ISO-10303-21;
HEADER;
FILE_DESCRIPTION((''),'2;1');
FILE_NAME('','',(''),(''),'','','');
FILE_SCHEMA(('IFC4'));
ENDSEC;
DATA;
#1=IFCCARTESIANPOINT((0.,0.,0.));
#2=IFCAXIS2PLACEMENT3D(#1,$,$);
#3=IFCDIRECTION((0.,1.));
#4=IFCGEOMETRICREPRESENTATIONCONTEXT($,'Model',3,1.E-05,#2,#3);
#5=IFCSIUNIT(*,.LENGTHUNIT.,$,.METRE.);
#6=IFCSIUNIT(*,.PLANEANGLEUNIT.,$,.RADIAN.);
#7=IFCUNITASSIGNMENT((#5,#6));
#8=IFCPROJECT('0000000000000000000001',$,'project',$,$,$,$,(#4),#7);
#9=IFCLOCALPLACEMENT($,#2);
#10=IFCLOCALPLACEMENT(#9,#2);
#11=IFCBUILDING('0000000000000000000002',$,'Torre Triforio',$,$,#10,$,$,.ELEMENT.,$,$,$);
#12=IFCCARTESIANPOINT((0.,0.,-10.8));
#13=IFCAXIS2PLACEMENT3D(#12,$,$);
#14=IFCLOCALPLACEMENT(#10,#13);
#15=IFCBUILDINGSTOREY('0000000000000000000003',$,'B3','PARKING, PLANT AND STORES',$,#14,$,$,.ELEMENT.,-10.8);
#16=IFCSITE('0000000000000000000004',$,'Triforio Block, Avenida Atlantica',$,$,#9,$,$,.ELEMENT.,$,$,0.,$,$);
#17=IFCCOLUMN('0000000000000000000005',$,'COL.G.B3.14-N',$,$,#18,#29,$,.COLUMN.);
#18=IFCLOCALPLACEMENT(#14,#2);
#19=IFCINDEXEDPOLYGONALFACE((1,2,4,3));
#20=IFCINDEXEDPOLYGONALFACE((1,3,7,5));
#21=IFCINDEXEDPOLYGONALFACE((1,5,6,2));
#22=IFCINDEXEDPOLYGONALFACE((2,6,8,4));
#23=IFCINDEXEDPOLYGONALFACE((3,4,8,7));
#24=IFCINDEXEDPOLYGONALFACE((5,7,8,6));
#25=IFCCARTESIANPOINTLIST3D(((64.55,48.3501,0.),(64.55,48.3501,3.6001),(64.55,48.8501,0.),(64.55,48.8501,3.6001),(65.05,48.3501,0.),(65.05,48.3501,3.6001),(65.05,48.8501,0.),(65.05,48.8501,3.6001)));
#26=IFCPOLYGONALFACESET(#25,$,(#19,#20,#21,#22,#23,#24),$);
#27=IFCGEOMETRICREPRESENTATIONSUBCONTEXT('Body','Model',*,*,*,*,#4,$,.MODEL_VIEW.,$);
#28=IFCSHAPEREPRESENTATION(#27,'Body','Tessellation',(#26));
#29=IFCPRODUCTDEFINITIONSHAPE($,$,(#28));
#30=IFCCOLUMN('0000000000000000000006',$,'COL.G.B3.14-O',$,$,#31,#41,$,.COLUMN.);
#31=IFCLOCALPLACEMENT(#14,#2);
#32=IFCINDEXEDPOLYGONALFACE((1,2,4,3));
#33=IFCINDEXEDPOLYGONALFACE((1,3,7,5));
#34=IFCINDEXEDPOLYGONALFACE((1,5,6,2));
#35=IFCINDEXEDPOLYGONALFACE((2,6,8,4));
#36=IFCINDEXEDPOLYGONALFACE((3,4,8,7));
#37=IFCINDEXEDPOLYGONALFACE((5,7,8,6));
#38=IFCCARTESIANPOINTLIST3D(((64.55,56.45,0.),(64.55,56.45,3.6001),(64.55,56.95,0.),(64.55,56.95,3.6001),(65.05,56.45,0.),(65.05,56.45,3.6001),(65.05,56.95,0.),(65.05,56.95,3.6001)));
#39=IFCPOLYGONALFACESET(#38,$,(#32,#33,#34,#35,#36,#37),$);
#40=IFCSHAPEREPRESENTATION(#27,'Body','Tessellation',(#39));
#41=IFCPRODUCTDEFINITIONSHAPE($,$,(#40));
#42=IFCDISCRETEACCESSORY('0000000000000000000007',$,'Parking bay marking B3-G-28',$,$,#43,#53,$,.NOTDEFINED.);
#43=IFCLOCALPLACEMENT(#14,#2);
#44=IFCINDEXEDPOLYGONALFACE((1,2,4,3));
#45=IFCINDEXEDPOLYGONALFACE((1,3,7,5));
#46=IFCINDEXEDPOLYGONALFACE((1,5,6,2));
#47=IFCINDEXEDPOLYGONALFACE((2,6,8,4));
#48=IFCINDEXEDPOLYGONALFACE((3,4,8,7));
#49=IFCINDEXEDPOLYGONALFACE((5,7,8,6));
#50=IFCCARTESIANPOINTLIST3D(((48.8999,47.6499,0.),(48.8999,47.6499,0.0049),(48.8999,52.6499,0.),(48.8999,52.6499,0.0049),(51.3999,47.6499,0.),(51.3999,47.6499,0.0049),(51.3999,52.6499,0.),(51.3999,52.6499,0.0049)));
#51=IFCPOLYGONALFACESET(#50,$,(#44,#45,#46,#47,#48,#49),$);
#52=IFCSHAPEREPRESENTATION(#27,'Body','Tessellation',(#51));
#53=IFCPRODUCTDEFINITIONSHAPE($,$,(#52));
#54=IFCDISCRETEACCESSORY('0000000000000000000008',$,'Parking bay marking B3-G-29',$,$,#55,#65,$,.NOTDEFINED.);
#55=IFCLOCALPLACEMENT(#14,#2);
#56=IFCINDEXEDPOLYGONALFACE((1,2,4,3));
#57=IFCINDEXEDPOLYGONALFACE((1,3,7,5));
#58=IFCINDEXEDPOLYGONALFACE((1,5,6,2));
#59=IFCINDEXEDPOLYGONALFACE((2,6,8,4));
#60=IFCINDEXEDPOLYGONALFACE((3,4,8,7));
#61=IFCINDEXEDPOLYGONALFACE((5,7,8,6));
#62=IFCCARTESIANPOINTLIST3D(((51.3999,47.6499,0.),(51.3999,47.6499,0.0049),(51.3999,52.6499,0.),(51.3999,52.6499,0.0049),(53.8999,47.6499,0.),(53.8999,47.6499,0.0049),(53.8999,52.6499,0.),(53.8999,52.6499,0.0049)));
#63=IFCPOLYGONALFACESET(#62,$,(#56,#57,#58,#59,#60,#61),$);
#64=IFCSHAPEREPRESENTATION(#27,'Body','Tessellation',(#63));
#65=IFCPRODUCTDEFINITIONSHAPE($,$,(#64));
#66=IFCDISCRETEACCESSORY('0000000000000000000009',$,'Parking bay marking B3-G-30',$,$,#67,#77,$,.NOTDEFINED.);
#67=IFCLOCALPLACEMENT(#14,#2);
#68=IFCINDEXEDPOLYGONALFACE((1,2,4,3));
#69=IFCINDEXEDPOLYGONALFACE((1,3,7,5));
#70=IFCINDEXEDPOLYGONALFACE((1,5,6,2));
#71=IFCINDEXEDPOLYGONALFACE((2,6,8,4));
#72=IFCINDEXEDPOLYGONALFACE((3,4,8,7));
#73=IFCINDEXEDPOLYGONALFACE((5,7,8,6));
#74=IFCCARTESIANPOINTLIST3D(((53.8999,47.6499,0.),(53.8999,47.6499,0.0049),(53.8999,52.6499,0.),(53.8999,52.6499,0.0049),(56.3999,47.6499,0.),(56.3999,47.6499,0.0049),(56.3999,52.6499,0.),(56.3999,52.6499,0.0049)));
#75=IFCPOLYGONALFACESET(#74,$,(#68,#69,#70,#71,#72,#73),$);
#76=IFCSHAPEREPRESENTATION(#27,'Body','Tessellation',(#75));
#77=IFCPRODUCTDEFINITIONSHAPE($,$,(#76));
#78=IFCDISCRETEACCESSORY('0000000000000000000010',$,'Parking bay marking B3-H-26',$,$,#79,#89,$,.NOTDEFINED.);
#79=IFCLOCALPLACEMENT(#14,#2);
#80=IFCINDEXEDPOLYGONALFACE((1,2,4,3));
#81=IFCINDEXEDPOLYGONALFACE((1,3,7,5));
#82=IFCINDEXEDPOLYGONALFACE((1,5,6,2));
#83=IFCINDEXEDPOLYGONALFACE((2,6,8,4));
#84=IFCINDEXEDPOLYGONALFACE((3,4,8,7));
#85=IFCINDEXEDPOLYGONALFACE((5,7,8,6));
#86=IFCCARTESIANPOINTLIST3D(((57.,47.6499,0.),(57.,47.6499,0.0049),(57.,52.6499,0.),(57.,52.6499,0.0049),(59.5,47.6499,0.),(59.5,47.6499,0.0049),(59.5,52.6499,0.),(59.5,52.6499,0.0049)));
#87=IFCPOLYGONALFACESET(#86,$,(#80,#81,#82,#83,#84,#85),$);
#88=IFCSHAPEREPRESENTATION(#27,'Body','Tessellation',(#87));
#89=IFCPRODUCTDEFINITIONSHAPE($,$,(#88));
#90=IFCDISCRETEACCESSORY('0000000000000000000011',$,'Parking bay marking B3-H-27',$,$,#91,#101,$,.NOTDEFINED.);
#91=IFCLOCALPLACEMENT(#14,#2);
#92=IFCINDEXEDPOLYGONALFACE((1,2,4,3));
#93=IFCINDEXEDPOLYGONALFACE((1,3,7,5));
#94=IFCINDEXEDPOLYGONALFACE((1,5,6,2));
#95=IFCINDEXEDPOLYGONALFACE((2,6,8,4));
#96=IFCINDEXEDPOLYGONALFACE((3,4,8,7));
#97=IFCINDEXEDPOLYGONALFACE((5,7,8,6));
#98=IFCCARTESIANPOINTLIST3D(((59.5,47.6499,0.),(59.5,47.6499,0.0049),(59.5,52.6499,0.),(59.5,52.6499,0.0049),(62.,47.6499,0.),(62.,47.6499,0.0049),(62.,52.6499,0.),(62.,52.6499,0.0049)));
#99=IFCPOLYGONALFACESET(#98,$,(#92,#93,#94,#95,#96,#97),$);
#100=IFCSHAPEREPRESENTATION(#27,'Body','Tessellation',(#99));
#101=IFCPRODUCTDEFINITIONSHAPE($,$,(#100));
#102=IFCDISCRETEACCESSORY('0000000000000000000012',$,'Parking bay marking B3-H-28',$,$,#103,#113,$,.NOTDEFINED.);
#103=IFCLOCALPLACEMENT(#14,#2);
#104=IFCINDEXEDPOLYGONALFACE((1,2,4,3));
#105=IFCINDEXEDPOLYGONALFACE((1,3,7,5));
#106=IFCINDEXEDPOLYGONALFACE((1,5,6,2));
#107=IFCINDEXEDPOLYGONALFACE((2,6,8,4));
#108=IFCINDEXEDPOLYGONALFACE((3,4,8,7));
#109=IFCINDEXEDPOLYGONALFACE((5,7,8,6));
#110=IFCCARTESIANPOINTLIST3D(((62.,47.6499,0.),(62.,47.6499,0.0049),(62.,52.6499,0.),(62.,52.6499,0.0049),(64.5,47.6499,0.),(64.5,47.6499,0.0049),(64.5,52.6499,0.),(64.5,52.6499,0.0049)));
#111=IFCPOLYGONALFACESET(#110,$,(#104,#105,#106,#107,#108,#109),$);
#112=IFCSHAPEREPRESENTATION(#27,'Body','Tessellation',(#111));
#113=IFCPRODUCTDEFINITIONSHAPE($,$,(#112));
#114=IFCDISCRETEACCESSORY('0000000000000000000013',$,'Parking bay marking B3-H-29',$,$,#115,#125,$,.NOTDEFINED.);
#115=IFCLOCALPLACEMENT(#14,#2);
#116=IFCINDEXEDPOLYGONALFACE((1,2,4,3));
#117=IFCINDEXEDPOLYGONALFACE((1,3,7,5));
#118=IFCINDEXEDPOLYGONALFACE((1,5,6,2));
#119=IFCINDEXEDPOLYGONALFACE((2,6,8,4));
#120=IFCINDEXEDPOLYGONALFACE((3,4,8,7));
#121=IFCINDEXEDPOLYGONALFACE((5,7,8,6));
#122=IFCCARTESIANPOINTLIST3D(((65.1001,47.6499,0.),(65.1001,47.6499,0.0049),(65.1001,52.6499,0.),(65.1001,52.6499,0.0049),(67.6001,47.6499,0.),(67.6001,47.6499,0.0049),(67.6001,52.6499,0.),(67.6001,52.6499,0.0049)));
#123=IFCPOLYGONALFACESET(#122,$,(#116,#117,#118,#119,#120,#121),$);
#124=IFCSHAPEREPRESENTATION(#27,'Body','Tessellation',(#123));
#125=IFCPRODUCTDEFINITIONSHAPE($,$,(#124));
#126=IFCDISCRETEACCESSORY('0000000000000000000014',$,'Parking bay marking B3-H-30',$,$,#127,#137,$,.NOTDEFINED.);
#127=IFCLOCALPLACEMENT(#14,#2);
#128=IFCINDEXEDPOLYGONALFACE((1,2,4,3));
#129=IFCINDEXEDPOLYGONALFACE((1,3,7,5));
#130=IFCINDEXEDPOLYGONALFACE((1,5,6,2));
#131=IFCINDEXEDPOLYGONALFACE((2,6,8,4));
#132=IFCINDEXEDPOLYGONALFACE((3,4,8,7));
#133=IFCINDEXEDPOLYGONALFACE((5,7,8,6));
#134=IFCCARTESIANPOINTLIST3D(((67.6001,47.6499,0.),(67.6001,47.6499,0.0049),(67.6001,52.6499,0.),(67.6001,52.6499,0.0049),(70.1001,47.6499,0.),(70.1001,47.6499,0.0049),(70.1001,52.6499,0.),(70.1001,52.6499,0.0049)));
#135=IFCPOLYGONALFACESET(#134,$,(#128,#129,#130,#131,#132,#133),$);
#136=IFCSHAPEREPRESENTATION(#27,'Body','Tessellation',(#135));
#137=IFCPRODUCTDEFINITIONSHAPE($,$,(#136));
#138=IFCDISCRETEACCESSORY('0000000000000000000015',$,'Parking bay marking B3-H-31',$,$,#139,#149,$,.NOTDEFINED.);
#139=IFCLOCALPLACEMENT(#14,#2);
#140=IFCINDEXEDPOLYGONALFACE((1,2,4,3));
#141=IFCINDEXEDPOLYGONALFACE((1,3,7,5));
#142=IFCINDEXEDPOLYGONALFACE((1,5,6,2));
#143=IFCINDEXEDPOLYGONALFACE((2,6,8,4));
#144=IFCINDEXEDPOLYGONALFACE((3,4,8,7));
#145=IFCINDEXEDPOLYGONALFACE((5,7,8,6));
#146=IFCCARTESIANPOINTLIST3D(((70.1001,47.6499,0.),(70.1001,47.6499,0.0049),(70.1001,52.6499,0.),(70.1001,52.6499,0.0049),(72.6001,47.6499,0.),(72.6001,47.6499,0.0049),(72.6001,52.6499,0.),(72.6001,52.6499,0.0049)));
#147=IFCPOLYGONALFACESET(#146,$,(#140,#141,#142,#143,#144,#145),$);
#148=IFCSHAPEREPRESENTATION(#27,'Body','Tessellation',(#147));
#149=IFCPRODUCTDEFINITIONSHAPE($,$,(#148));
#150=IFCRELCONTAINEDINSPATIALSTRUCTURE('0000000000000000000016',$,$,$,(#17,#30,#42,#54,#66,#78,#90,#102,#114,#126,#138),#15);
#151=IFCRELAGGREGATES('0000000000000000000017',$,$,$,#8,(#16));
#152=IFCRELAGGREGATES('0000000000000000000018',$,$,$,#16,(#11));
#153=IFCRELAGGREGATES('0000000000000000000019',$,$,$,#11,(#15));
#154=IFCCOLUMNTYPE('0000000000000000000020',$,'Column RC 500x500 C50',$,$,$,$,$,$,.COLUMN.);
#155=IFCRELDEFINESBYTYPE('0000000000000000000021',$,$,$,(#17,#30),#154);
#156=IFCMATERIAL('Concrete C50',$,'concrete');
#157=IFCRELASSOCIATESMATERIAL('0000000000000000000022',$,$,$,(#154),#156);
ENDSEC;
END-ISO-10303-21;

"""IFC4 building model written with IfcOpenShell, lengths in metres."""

from ifc_helpers import new_model, si_unit, direction, frame, origin, origin_2d, place, context, subcontext, project, spatial, rectangle, extrude, material, material_profile, profile_set, type_object, element, save


model = new_model("IFC4")

# Units and contexts
model_context = context("Model", 3, precision=1e-05, world=origin(), true_north=direction((0.0, 1.0)))
body_context = subcontext(model_context, "Body", "Model", "MODEL_VIEW")
ifc_project = project(units=[si_unit("LENGTHUNIT", "METRE"), si_unit("PLANEANGLEUNIT", "RADIAN")], contexts=[model_context])

# Site, building, storey
site_placement = place(None, origin())
site = spatial("IfcSite", under=ifc_project, at=site_placement, Name="Triforio Block, Avenida Atlantica", CompositionType="ELEMENT", RefElevation=0.0)
building_placement = place(site_placement, origin())
building = spatial("IfcBuilding", under=site, at=building_placement, Name="Torre Triforio", CompositionType="ELEMENT")
storey_placement = place(building_placement, frame((0.0, 0.0, -10.8)))
storey = spatial("IfcBuildingStorey", under=building, at=storey_placement, Name="B3", Description="PARKING, PLANT AND STORES", CompositionType="ELEMENT", Elevation=-10.8)

# Shared definitions
ifc_material_1 = material(Name="Concrete C50", Category="concrete")

# Columns
ifc_material_profile_1 = material_profile(ifc_material_1, rectangle(XDim=0.5, YDim=0.5, at=origin_2d()), Name="RC 500x500")
ifc_profile_set_1 = profile_set([ifc_material_profile_1], Name="Concrete C50")
column_type = type_object("IfcColumnType", Name="Column RC 500x500 C50", PredefinedType="COLUMN", material=ifc_profile_set_1)
for number, where, z_axis, x_axis, name in (
    (1, (64.8, 48.6001, 0.0), (0.0, 0.0, 1.0), (1.0, 0.0, 0.0), "COL.G.B3.14-N"),
    (2, (64.8, 56.7, 0.0), (0.0, 0.0, 1.0), (1.0, 0.0, 0.0), "COL.G.B3.14-O"),
):
    element("IfcColumn", number, at=place(storey_placement, frame(where, z_axis=z_axis, x_axis=x_axis)), inside=storey, type_object=column_type, Name=name, PredefinedType="COLUMN", context=body_context, shape_type="SweptSolid", body=[
        extrude(rectangle(XDim=0.5, YDim=0.5, at=origin_2d()), origin(), (0.0, 0.0, 1.0), 3.6001),
    ])

# Discrete accessories
for number, where, z_axis, x_axis, name in (
    (3, (50.1499, 50.1499, 0.0), (0.0, 0.0, 1.0), (1.0, 0.0, 0.0), "Parking bay marking B3-G-28"),
    (4, (52.6499, 50.1499, 0.0), (0.0, 0.0, 1.0), (1.0, 0.0, 0.0), "Parking bay marking B3-G-29"),
    (5, (55.1499, 50.1499, 0.0), (0.0, 0.0, 1.0), (1.0, 0.0, 0.0), "Parking bay marking B3-G-30"),
    (6, (58.25, 50.1499, 0.0), (0.0, 0.0, 1.0), (1.0, 0.0, 0.0), "Parking bay marking B3-H-26"),
    (7, (60.75, 50.1499, 0.0), (0.0, 0.0, 1.0), (1.0, 0.0, 0.0), "Parking bay marking B3-H-27"),
    (8, (63.25, 50.1499, 0.0), (0.0, 0.0, 1.0), (1.0, 0.0, 0.0), "Parking bay marking B3-H-28"),
    (9, (66.3501, 50.1499, 0.0), (0.0, 0.0, 1.0), (1.0, 0.0, 0.0), "Parking bay marking B3-H-29"),
    (10, (68.8501, 50.1499, 0.0), (0.0, 0.0, 1.0), (1.0, 0.0, 0.0), "Parking bay marking B3-H-30"),
    (11, (71.3501, 50.1499, 0.0), (0.0, 0.0, 1.0), (1.0, 0.0, 0.0), "Parking bay marking B3-H-31"),
):
    element("IfcDiscreteAccessory", number, at=place(storey_placement, frame(where, z_axis=z_axis, x_axis=x_axis)), inside=storey, Name=name, PredefinedType="NOTDEFINED", context=body_context, shape_type="SweptSolid", body=[
        extrude(rectangle(XDim=2.5, YDim=5.0, at=origin_2d()), origin(), (0.0, 0.0, 1.0), 0.0049),
    ])

save(model, "model.ifc")
